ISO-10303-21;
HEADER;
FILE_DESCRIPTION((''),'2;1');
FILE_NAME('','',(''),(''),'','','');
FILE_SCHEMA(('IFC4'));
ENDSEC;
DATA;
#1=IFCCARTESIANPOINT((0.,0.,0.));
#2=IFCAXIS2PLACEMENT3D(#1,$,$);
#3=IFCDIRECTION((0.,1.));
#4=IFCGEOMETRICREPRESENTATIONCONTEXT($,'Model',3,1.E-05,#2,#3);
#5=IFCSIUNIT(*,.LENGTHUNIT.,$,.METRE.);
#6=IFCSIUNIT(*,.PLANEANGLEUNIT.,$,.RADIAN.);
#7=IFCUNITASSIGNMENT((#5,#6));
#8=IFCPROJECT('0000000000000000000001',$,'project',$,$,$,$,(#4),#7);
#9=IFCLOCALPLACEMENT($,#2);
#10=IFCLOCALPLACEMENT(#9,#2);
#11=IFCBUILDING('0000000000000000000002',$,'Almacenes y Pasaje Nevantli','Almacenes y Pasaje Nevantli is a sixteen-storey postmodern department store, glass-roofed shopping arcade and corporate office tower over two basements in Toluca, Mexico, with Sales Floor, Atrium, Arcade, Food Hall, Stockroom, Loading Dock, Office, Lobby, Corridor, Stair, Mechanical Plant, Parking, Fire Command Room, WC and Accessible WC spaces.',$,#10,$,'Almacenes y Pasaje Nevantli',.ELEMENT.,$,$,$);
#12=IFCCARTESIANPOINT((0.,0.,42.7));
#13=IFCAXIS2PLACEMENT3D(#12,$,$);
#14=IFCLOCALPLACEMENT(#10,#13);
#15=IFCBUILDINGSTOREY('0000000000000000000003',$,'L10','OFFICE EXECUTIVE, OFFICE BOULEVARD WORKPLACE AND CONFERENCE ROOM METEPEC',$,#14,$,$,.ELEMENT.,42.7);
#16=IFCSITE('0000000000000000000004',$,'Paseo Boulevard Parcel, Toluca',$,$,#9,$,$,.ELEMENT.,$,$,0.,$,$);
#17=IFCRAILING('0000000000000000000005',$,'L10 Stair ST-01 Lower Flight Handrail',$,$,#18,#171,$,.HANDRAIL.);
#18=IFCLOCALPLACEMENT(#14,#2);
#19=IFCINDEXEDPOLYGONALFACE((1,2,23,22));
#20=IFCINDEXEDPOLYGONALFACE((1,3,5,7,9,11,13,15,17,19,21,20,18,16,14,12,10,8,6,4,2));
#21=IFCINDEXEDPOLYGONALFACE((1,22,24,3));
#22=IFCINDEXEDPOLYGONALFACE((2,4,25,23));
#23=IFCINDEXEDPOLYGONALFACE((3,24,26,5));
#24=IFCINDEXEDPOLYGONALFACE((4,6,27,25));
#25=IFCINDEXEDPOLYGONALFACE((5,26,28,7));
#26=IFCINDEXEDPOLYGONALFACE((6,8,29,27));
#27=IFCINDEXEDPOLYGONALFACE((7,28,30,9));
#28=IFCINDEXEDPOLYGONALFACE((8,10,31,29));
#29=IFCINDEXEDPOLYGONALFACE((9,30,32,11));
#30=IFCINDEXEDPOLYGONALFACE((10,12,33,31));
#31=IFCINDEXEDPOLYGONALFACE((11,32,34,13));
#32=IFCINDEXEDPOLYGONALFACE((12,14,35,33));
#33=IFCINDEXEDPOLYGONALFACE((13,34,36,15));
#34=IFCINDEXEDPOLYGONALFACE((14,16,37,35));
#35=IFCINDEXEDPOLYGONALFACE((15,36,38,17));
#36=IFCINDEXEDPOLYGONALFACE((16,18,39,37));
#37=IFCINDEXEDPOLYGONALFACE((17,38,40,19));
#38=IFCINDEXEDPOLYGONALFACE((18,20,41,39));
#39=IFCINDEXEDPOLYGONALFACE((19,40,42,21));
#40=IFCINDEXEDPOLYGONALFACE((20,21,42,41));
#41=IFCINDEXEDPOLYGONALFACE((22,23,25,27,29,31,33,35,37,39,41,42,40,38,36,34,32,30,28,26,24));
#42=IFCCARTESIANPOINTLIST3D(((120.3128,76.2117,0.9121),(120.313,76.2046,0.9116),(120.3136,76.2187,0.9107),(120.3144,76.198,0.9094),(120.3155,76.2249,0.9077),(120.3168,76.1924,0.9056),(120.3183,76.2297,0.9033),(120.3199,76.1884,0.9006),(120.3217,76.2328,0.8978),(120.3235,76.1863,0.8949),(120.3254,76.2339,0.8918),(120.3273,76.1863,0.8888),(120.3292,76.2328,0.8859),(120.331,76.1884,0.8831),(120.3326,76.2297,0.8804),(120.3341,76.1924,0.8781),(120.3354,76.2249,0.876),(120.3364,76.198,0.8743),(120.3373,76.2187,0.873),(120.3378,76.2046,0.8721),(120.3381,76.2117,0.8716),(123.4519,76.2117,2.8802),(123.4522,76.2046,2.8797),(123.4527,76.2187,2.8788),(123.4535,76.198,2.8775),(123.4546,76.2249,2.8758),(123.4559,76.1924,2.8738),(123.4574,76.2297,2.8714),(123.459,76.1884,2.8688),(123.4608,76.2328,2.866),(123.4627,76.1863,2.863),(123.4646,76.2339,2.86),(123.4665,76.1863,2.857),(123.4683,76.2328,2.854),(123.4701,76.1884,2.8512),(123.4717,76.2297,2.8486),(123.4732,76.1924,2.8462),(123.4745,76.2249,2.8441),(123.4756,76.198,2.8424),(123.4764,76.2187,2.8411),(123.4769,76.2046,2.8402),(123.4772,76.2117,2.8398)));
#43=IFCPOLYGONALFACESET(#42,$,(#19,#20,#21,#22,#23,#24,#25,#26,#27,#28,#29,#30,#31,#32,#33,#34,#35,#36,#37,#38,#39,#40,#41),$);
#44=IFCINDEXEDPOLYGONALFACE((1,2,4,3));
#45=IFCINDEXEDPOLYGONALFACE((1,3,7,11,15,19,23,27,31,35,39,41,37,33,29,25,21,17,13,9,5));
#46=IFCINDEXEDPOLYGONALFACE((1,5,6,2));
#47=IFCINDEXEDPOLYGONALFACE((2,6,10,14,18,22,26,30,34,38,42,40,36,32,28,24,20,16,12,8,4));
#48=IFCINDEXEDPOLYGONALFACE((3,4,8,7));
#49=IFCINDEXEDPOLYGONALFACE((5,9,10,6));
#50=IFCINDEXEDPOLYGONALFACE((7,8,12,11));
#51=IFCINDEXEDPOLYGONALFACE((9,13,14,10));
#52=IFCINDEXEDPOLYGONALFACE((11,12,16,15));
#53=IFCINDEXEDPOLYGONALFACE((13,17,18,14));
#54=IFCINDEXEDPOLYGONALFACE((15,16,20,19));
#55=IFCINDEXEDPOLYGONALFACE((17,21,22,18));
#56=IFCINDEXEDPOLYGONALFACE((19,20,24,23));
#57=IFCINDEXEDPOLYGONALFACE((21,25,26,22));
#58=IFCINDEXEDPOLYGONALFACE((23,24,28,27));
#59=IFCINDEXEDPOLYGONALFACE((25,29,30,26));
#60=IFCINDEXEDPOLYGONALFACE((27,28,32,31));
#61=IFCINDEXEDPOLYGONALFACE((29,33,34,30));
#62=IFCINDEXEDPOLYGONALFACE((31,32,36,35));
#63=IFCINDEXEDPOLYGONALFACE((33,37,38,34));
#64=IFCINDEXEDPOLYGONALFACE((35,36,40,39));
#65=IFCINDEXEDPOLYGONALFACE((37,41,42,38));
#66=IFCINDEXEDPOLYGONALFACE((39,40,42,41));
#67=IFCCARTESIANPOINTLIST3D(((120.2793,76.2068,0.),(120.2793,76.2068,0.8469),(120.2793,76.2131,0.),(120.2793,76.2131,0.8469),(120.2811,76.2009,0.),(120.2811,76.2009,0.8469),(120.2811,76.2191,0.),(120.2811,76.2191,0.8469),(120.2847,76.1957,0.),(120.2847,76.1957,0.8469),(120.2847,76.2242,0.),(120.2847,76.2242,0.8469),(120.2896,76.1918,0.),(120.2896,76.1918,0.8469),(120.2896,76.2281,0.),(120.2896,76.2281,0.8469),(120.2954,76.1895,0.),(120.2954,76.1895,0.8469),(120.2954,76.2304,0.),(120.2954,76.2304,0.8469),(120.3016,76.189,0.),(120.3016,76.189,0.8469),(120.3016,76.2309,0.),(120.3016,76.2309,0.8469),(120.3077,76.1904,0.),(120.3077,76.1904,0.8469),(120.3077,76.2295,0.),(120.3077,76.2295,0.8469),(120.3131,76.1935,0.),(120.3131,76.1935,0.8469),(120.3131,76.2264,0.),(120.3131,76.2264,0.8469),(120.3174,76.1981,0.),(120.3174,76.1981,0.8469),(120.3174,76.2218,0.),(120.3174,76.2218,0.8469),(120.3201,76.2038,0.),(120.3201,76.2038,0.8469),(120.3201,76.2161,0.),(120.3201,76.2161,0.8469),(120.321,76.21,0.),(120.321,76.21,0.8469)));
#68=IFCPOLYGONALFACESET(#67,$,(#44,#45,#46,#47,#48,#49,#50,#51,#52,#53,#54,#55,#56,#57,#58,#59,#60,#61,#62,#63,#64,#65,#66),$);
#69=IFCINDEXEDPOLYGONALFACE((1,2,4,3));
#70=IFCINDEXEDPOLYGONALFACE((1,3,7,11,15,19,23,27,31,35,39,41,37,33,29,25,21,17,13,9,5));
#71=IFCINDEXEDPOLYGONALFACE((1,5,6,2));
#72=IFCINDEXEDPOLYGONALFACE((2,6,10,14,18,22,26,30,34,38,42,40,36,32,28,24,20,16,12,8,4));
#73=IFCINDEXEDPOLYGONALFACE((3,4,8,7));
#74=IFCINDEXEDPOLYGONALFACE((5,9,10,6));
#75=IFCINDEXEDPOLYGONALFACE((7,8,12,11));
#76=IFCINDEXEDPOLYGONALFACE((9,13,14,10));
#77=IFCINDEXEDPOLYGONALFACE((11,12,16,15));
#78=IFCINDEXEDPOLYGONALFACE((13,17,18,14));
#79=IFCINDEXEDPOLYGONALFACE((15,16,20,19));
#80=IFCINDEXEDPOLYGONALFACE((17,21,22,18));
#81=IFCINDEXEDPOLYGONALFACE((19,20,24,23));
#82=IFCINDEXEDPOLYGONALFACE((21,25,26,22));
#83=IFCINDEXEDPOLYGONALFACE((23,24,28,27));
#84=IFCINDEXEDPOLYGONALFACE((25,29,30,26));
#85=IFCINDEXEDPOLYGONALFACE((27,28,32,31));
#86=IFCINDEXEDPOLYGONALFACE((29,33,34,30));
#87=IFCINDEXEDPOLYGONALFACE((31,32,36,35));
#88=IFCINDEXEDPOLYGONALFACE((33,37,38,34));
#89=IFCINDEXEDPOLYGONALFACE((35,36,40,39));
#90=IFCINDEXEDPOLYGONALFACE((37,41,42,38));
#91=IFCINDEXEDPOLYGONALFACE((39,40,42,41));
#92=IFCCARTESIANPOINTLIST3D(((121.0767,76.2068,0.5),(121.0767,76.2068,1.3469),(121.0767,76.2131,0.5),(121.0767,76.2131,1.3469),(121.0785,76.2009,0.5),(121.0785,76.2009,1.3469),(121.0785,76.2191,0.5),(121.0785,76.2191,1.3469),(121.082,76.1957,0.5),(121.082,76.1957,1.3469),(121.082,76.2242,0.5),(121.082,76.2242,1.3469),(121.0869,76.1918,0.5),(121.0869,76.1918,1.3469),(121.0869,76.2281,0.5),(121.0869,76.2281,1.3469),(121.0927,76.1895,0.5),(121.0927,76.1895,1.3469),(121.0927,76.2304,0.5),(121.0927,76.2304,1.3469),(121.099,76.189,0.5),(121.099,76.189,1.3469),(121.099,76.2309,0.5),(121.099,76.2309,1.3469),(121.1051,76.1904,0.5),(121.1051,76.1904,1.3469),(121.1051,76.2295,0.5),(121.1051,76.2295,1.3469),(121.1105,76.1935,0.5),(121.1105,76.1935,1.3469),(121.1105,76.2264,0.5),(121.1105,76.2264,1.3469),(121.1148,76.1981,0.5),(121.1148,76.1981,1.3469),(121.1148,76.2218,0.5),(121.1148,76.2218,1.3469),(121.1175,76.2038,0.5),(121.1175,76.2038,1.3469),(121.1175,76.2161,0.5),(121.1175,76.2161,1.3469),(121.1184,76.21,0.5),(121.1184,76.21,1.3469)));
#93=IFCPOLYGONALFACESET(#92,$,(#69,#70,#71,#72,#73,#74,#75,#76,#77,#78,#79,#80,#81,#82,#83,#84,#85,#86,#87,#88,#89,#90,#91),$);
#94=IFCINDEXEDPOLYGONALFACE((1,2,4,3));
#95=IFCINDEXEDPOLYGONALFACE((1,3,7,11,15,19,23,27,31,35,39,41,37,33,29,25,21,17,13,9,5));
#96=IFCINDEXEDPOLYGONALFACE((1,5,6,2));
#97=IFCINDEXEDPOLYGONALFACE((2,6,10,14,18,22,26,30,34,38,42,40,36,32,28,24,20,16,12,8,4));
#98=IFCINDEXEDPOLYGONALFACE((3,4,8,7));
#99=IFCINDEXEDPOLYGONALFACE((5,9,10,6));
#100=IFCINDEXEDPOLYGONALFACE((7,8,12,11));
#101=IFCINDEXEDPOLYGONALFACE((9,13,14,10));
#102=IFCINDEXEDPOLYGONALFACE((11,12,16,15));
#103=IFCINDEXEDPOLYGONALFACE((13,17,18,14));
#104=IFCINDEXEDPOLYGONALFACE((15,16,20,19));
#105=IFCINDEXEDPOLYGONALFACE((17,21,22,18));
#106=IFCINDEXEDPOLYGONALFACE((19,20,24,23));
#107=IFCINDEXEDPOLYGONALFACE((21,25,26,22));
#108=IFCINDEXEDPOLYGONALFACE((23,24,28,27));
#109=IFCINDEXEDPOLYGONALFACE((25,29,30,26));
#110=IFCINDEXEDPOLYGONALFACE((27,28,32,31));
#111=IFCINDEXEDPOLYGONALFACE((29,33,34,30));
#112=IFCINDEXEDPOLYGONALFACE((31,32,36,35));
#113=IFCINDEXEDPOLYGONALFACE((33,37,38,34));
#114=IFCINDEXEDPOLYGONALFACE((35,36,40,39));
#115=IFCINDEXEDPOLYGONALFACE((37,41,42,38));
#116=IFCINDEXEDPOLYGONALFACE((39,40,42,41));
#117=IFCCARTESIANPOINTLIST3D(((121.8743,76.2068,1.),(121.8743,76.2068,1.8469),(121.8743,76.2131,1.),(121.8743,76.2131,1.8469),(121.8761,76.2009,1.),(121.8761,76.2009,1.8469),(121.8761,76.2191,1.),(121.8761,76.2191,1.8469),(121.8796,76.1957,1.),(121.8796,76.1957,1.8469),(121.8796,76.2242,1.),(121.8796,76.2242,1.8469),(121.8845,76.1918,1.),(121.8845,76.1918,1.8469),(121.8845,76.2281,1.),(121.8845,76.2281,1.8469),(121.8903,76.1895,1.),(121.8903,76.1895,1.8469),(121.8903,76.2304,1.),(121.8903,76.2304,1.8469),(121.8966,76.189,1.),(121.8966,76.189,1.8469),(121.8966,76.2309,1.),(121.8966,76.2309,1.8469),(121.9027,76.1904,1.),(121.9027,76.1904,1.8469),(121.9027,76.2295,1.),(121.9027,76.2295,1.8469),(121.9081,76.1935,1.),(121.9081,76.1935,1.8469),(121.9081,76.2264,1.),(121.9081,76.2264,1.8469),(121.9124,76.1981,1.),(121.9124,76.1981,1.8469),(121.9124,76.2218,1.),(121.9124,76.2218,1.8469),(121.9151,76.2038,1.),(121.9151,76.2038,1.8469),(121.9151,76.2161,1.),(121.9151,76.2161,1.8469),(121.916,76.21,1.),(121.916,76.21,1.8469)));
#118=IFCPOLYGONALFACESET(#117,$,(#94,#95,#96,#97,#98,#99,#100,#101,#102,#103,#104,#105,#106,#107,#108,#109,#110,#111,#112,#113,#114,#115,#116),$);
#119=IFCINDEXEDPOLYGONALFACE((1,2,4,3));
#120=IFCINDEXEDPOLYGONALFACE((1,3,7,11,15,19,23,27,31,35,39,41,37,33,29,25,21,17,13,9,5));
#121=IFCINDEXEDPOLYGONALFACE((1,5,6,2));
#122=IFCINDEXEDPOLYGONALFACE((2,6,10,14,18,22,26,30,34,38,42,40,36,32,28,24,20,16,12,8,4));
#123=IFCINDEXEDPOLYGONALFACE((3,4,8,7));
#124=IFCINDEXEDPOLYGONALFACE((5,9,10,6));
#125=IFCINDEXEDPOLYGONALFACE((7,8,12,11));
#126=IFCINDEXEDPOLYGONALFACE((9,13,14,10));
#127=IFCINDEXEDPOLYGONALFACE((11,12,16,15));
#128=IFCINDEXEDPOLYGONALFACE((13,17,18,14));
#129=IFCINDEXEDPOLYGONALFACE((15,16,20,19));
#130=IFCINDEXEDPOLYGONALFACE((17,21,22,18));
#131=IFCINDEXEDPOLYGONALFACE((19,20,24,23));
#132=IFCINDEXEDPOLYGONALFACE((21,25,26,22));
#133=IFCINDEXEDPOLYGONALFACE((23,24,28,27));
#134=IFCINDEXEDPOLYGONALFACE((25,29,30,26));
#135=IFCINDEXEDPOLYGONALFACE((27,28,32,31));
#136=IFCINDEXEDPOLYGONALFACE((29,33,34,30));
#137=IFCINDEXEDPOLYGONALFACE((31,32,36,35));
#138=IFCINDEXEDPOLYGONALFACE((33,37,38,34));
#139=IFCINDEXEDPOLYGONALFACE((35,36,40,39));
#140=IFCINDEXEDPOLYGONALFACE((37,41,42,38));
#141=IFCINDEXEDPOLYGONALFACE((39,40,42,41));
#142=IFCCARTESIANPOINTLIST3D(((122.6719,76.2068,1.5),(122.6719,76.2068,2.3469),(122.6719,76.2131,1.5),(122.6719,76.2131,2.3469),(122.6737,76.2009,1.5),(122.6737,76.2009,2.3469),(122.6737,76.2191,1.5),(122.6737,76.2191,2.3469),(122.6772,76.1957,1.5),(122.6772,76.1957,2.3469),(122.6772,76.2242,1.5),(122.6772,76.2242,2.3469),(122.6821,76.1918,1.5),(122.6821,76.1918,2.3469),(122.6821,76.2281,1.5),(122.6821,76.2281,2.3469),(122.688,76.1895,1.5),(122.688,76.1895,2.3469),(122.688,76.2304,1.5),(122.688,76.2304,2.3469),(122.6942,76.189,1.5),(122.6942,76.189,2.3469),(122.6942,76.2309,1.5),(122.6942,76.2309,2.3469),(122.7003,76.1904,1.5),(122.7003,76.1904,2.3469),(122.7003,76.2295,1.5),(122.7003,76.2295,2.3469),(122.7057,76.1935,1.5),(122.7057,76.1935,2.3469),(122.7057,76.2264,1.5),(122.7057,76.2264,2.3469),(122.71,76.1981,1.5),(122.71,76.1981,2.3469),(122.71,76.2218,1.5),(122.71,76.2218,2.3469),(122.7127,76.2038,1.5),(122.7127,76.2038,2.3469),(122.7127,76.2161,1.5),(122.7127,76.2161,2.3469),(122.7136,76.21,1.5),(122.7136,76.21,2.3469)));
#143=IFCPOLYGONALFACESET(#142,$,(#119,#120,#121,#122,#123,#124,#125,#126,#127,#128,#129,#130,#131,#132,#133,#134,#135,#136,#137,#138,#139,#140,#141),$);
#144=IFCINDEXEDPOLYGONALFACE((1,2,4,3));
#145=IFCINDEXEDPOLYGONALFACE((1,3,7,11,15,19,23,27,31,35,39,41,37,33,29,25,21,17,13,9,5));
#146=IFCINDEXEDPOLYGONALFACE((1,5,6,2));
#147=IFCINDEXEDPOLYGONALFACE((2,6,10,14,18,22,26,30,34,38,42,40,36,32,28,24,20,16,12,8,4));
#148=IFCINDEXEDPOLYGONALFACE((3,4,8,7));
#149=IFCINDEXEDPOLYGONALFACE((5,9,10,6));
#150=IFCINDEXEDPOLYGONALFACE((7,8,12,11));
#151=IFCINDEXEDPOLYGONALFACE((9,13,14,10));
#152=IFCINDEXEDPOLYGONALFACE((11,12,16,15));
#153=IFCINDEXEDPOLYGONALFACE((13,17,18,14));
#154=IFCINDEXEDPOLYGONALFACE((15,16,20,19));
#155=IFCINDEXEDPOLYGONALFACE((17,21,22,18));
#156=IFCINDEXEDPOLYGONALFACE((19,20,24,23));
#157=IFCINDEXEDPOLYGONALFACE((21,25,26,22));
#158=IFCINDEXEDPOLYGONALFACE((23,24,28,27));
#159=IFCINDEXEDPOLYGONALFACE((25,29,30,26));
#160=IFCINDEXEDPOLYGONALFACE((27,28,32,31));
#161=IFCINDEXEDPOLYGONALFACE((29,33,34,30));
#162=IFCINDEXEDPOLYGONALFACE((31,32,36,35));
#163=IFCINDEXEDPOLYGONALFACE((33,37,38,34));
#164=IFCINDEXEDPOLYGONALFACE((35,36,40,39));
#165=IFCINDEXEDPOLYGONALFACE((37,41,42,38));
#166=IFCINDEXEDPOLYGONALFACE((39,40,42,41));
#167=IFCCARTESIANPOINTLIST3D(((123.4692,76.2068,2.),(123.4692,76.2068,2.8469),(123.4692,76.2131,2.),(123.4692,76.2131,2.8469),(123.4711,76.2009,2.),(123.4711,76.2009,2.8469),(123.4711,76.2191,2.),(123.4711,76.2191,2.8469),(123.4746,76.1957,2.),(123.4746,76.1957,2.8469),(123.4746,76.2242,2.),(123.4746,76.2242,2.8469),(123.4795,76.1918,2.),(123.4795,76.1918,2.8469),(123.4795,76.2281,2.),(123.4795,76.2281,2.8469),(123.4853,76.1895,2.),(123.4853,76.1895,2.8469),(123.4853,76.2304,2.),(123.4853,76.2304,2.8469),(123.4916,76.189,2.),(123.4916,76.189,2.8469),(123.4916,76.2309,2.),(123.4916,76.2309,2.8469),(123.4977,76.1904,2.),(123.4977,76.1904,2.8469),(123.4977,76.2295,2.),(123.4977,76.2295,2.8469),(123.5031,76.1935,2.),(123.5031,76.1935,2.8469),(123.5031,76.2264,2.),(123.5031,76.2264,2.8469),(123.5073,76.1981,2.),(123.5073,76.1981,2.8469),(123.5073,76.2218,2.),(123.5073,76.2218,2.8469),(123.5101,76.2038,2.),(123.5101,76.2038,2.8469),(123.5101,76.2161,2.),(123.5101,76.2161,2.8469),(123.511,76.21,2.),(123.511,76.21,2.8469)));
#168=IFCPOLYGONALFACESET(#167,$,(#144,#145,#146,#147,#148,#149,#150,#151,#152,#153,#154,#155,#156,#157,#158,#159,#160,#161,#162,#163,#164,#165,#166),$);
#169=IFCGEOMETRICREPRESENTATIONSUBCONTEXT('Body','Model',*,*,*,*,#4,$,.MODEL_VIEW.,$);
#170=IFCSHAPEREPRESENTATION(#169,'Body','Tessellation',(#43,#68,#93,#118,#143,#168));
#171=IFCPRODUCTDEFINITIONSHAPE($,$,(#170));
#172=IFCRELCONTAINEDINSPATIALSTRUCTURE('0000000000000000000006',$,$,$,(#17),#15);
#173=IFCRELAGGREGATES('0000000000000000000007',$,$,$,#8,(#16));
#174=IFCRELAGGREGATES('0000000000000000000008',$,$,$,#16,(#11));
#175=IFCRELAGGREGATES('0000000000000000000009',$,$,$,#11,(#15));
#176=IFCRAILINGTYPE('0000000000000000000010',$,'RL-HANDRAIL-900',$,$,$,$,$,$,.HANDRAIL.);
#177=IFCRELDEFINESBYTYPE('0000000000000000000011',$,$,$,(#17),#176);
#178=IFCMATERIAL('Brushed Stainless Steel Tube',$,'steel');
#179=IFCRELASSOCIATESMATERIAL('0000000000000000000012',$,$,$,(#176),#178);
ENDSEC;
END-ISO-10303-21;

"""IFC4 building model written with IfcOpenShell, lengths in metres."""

from ifc_helpers import new_model, si_unit, direction, frame, origin, origin_2d, place, context, subcontext, project, spatial, circle, extrude, material, type_object, element, save


model = new_model("IFC4")

# Units and contexts
model_context = context("Model", 3, precision=1e-05, world=origin(), true_north=direction((0.0, 1.0)))
body_context = subcontext(model_context, "Body", "Model", "MODEL_VIEW")
ifc_project = project(units=[si_unit("LENGTHUNIT", "METRE"), si_unit("PLANEANGLEUNIT", "RADIAN")], contexts=[model_context])

# Site, building, storey
site_placement = place(None, origin())
site = spatial("IfcSite", under=ifc_project, at=site_placement, Name="Paseo Boulevard Parcel, Toluca", CompositionType="ELEMENT", RefElevation=0.0)
building_placement = place(site_placement, origin())
building = spatial("IfcBuilding", under=site, at=building_placement, Name="Almacenes y Pasaje Nevantli", Description="Almacenes y Pasaje Nevantli is a sixteen-storey postmodern department store, glass-roofed shopping arcade and corporate office tower over two basements in Toluca, Mexico, with Sales Floor, Atrium, Arcade, Food Hall, Stockroom, Loading Dock, Office, Lobby, Corridor, Stair, Mechanical Plant, Parking, Fire Command Room, WC and Accessible WC spaces.", LongName="Almacenes y Pasaje Nevantli", CompositionType="ELEMENT")
storey_placement = place(building_placement, frame((0.0, 0.0, 42.7)))
storey = spatial("IfcBuildingStorey", under=building, at=storey_placement, Name="L10", Description="OFFICE EXECUTIVE, OFFICE BOULEVARD WORKPLACE AND CONFERENCE ROOM METEPEC", CompositionType="ELEMENT", Elevation=42.7)

# Railing
ifc_material_1 = material(Name="Brushed Stainless Steel Tube", Category="steel")
railing_type_1 = type_object("IfcRailingType", Name="RL-HANDRAIL-900", PredefinedType="HANDRAIL", material=ifc_material_1)
railing_1_placement = place(storey_placement, frame((120.3, 76.21, 0.0)))
element("IfcRailing", 1, at=railing_1_placement, inside=storey, type_object=railing_type_1, Name="L10 Stair ST-01 Lower Flight Handrail", PredefinedType="HANDRAIL", context=body_context, shape_type="SweptSolid", body=[
    extrude(circle(Radius=0.0239, at=origin_2d()), frame((0.0254, 0.0, 0.8918), z_axis=(0.847247, 0.0, 0.531199), x_axis=(0.0, 1.0, 0.0)), (0.0, 0.0, 1.0), 3.7051),
    extrude(circle(Radius=0.021, at=origin_2d()), origin(), (0.0, 0.0, 1.0), 0.8469),
    extrude(circle(Radius=0.021, at=origin_2d()), frame((0.7974, 0.0, 0.5)), (0.0, 0.0, 1.0), 0.8469),
    extrude(circle(Radius=0.021, at=origin_2d()), frame((1.595, 0.0, 1.0)), (0.0, 0.0, 1.0), 0.8469),
    extrude(circle(Radius=0.021, at=origin_2d()), frame((2.3926, 0.0, 1.5)), (0.0, 0.0, 1.0), 0.8469),
    extrude(circle(Radius=0.021, at=origin_2d()), frame((3.1899, 0.0, 2.0)), (0.0, 0.0, 1.0), 0.8469),
])

save(model, "model.ifc")
